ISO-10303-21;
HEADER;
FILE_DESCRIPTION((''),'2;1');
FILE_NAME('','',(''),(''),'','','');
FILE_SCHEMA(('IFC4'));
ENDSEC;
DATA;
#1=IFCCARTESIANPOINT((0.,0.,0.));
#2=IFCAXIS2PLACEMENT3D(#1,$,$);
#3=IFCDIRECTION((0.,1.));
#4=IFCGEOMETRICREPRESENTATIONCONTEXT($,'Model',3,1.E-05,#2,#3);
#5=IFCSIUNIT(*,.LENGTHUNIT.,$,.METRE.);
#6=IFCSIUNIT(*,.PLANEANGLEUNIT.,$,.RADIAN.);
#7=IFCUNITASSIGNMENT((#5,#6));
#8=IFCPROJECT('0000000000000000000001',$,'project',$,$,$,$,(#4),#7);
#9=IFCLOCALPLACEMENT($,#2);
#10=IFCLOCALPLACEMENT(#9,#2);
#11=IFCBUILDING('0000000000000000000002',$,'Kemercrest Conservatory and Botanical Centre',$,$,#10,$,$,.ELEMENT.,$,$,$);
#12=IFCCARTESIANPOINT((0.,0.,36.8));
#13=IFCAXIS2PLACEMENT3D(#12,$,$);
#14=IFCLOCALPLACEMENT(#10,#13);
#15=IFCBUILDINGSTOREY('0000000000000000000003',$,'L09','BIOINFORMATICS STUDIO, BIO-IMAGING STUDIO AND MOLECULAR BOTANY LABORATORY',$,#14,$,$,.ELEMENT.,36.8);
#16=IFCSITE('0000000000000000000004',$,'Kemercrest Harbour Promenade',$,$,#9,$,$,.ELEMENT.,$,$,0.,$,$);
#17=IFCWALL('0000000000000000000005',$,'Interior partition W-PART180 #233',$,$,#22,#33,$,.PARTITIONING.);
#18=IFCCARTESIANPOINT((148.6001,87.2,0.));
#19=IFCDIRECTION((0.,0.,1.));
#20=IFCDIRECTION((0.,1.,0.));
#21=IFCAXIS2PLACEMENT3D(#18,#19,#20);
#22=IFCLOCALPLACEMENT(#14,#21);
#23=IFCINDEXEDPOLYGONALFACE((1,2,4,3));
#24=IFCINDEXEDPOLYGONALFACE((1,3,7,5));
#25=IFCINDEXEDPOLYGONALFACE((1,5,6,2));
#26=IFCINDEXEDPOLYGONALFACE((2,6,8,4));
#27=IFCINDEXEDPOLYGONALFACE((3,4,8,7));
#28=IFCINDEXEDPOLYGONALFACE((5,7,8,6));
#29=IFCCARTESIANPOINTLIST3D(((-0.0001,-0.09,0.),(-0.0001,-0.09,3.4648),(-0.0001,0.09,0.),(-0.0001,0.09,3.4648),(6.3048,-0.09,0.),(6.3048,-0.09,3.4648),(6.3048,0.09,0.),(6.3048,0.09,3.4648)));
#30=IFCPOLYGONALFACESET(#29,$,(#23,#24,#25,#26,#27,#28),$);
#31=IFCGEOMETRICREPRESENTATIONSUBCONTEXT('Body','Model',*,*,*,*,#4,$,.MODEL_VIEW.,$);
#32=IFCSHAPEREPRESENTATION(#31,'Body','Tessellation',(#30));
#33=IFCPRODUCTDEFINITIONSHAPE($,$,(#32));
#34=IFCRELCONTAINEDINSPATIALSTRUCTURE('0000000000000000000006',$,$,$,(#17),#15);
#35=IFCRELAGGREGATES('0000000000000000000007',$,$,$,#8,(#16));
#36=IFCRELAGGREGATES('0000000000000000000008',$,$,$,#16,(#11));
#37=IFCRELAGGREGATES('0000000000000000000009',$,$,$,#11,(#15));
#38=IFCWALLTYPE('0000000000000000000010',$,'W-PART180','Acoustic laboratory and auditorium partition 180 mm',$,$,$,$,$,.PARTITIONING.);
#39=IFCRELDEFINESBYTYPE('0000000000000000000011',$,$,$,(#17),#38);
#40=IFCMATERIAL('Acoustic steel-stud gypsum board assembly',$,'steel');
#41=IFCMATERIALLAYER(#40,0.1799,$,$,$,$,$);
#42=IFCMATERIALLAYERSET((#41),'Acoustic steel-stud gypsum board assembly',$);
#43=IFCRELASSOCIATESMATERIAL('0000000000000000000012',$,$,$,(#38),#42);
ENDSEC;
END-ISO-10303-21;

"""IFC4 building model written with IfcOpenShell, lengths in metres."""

from ifc_helpers import new_model, si_unit, direction, frame, frame_2d, origin, place, context, subcontext, project, spatial, rectangle, extrude, material, layer, layer_set, type_object, element, save


model = new_model("IFC4")

# Units and contexts
model_context = context("Model", 3, precision=1e-05, world=origin(), true_north=direction((0.0, 1.0)))
body_context = subcontext(model_context, "Body", "Model", "MODEL_VIEW")
ifc_project = project(units=[si_unit("LENGTHUNIT", "METRE"), si_unit("PLANEANGLEUNIT", "RADIAN")], contexts=[model_context])

# Site, building, storey
site_placement = place(None, origin())
site = spatial("IfcSite", under=ifc_project, at=site_placement, Name="Kemercrest Harbour Promenade", CompositionType="ELEMENT", RefElevation=0.0)
building_placement = place(site_placement, origin())
building = spatial("IfcBuilding", under=site, at=building_placement, Name="Kemercrest Conservatory and Botanical Centre", CompositionType="ELEMENT")
storey_placement = place(building_placement, frame((0.0, 0.0, 36.8)))
storey = spatial("IfcBuildingStorey", under=building, at=storey_placement, Name="L09", Description="BIOINFORMATICS STUDIO, BIO-IMAGING STUDIO AND MOLECULAR BOTANY LABORATORY", CompositionType="ELEMENT", Elevation=36.8)

# Wall
ifc_material_1 = material(Name="Acoustic steel-stud gypsum board assembly", Category="steel")
ifc_layer_1 = layer(ifc_material_1, 0.1799)
ifc_layer_set_1 = layer_set([ifc_layer_1], Name="Acoustic steel-stud gypsum board assembly")
wall_type = type_object("IfcWallType", Name="W-PART180", Description="Acoustic laboratory and auditorium partition 180 mm", PredefinedType="PARTITIONING", material=ifc_layer_set_1)
wall_placement = place(storey_placement, frame((148.6001, 87.2, 0.0), z_axis=(0.0, 0.0, 1.0), x_axis=(0.0, 1.0, 0.0)))
element("IfcWall", 1, at=wall_placement, inside=storey, type_object=wall_type, Name="Interior partition W-PART180 #233", PredefinedType="PARTITIONING", context=body_context, shape_type="SweptSolid", body=[
    extrude(rectangle(XDim=6.3049, YDim=0.1799, at=frame_2d((3.1523, 0.0))), origin(), (0.0, 0.0, 1.0), 3.4648),
])

save(model, "model.ifc")
